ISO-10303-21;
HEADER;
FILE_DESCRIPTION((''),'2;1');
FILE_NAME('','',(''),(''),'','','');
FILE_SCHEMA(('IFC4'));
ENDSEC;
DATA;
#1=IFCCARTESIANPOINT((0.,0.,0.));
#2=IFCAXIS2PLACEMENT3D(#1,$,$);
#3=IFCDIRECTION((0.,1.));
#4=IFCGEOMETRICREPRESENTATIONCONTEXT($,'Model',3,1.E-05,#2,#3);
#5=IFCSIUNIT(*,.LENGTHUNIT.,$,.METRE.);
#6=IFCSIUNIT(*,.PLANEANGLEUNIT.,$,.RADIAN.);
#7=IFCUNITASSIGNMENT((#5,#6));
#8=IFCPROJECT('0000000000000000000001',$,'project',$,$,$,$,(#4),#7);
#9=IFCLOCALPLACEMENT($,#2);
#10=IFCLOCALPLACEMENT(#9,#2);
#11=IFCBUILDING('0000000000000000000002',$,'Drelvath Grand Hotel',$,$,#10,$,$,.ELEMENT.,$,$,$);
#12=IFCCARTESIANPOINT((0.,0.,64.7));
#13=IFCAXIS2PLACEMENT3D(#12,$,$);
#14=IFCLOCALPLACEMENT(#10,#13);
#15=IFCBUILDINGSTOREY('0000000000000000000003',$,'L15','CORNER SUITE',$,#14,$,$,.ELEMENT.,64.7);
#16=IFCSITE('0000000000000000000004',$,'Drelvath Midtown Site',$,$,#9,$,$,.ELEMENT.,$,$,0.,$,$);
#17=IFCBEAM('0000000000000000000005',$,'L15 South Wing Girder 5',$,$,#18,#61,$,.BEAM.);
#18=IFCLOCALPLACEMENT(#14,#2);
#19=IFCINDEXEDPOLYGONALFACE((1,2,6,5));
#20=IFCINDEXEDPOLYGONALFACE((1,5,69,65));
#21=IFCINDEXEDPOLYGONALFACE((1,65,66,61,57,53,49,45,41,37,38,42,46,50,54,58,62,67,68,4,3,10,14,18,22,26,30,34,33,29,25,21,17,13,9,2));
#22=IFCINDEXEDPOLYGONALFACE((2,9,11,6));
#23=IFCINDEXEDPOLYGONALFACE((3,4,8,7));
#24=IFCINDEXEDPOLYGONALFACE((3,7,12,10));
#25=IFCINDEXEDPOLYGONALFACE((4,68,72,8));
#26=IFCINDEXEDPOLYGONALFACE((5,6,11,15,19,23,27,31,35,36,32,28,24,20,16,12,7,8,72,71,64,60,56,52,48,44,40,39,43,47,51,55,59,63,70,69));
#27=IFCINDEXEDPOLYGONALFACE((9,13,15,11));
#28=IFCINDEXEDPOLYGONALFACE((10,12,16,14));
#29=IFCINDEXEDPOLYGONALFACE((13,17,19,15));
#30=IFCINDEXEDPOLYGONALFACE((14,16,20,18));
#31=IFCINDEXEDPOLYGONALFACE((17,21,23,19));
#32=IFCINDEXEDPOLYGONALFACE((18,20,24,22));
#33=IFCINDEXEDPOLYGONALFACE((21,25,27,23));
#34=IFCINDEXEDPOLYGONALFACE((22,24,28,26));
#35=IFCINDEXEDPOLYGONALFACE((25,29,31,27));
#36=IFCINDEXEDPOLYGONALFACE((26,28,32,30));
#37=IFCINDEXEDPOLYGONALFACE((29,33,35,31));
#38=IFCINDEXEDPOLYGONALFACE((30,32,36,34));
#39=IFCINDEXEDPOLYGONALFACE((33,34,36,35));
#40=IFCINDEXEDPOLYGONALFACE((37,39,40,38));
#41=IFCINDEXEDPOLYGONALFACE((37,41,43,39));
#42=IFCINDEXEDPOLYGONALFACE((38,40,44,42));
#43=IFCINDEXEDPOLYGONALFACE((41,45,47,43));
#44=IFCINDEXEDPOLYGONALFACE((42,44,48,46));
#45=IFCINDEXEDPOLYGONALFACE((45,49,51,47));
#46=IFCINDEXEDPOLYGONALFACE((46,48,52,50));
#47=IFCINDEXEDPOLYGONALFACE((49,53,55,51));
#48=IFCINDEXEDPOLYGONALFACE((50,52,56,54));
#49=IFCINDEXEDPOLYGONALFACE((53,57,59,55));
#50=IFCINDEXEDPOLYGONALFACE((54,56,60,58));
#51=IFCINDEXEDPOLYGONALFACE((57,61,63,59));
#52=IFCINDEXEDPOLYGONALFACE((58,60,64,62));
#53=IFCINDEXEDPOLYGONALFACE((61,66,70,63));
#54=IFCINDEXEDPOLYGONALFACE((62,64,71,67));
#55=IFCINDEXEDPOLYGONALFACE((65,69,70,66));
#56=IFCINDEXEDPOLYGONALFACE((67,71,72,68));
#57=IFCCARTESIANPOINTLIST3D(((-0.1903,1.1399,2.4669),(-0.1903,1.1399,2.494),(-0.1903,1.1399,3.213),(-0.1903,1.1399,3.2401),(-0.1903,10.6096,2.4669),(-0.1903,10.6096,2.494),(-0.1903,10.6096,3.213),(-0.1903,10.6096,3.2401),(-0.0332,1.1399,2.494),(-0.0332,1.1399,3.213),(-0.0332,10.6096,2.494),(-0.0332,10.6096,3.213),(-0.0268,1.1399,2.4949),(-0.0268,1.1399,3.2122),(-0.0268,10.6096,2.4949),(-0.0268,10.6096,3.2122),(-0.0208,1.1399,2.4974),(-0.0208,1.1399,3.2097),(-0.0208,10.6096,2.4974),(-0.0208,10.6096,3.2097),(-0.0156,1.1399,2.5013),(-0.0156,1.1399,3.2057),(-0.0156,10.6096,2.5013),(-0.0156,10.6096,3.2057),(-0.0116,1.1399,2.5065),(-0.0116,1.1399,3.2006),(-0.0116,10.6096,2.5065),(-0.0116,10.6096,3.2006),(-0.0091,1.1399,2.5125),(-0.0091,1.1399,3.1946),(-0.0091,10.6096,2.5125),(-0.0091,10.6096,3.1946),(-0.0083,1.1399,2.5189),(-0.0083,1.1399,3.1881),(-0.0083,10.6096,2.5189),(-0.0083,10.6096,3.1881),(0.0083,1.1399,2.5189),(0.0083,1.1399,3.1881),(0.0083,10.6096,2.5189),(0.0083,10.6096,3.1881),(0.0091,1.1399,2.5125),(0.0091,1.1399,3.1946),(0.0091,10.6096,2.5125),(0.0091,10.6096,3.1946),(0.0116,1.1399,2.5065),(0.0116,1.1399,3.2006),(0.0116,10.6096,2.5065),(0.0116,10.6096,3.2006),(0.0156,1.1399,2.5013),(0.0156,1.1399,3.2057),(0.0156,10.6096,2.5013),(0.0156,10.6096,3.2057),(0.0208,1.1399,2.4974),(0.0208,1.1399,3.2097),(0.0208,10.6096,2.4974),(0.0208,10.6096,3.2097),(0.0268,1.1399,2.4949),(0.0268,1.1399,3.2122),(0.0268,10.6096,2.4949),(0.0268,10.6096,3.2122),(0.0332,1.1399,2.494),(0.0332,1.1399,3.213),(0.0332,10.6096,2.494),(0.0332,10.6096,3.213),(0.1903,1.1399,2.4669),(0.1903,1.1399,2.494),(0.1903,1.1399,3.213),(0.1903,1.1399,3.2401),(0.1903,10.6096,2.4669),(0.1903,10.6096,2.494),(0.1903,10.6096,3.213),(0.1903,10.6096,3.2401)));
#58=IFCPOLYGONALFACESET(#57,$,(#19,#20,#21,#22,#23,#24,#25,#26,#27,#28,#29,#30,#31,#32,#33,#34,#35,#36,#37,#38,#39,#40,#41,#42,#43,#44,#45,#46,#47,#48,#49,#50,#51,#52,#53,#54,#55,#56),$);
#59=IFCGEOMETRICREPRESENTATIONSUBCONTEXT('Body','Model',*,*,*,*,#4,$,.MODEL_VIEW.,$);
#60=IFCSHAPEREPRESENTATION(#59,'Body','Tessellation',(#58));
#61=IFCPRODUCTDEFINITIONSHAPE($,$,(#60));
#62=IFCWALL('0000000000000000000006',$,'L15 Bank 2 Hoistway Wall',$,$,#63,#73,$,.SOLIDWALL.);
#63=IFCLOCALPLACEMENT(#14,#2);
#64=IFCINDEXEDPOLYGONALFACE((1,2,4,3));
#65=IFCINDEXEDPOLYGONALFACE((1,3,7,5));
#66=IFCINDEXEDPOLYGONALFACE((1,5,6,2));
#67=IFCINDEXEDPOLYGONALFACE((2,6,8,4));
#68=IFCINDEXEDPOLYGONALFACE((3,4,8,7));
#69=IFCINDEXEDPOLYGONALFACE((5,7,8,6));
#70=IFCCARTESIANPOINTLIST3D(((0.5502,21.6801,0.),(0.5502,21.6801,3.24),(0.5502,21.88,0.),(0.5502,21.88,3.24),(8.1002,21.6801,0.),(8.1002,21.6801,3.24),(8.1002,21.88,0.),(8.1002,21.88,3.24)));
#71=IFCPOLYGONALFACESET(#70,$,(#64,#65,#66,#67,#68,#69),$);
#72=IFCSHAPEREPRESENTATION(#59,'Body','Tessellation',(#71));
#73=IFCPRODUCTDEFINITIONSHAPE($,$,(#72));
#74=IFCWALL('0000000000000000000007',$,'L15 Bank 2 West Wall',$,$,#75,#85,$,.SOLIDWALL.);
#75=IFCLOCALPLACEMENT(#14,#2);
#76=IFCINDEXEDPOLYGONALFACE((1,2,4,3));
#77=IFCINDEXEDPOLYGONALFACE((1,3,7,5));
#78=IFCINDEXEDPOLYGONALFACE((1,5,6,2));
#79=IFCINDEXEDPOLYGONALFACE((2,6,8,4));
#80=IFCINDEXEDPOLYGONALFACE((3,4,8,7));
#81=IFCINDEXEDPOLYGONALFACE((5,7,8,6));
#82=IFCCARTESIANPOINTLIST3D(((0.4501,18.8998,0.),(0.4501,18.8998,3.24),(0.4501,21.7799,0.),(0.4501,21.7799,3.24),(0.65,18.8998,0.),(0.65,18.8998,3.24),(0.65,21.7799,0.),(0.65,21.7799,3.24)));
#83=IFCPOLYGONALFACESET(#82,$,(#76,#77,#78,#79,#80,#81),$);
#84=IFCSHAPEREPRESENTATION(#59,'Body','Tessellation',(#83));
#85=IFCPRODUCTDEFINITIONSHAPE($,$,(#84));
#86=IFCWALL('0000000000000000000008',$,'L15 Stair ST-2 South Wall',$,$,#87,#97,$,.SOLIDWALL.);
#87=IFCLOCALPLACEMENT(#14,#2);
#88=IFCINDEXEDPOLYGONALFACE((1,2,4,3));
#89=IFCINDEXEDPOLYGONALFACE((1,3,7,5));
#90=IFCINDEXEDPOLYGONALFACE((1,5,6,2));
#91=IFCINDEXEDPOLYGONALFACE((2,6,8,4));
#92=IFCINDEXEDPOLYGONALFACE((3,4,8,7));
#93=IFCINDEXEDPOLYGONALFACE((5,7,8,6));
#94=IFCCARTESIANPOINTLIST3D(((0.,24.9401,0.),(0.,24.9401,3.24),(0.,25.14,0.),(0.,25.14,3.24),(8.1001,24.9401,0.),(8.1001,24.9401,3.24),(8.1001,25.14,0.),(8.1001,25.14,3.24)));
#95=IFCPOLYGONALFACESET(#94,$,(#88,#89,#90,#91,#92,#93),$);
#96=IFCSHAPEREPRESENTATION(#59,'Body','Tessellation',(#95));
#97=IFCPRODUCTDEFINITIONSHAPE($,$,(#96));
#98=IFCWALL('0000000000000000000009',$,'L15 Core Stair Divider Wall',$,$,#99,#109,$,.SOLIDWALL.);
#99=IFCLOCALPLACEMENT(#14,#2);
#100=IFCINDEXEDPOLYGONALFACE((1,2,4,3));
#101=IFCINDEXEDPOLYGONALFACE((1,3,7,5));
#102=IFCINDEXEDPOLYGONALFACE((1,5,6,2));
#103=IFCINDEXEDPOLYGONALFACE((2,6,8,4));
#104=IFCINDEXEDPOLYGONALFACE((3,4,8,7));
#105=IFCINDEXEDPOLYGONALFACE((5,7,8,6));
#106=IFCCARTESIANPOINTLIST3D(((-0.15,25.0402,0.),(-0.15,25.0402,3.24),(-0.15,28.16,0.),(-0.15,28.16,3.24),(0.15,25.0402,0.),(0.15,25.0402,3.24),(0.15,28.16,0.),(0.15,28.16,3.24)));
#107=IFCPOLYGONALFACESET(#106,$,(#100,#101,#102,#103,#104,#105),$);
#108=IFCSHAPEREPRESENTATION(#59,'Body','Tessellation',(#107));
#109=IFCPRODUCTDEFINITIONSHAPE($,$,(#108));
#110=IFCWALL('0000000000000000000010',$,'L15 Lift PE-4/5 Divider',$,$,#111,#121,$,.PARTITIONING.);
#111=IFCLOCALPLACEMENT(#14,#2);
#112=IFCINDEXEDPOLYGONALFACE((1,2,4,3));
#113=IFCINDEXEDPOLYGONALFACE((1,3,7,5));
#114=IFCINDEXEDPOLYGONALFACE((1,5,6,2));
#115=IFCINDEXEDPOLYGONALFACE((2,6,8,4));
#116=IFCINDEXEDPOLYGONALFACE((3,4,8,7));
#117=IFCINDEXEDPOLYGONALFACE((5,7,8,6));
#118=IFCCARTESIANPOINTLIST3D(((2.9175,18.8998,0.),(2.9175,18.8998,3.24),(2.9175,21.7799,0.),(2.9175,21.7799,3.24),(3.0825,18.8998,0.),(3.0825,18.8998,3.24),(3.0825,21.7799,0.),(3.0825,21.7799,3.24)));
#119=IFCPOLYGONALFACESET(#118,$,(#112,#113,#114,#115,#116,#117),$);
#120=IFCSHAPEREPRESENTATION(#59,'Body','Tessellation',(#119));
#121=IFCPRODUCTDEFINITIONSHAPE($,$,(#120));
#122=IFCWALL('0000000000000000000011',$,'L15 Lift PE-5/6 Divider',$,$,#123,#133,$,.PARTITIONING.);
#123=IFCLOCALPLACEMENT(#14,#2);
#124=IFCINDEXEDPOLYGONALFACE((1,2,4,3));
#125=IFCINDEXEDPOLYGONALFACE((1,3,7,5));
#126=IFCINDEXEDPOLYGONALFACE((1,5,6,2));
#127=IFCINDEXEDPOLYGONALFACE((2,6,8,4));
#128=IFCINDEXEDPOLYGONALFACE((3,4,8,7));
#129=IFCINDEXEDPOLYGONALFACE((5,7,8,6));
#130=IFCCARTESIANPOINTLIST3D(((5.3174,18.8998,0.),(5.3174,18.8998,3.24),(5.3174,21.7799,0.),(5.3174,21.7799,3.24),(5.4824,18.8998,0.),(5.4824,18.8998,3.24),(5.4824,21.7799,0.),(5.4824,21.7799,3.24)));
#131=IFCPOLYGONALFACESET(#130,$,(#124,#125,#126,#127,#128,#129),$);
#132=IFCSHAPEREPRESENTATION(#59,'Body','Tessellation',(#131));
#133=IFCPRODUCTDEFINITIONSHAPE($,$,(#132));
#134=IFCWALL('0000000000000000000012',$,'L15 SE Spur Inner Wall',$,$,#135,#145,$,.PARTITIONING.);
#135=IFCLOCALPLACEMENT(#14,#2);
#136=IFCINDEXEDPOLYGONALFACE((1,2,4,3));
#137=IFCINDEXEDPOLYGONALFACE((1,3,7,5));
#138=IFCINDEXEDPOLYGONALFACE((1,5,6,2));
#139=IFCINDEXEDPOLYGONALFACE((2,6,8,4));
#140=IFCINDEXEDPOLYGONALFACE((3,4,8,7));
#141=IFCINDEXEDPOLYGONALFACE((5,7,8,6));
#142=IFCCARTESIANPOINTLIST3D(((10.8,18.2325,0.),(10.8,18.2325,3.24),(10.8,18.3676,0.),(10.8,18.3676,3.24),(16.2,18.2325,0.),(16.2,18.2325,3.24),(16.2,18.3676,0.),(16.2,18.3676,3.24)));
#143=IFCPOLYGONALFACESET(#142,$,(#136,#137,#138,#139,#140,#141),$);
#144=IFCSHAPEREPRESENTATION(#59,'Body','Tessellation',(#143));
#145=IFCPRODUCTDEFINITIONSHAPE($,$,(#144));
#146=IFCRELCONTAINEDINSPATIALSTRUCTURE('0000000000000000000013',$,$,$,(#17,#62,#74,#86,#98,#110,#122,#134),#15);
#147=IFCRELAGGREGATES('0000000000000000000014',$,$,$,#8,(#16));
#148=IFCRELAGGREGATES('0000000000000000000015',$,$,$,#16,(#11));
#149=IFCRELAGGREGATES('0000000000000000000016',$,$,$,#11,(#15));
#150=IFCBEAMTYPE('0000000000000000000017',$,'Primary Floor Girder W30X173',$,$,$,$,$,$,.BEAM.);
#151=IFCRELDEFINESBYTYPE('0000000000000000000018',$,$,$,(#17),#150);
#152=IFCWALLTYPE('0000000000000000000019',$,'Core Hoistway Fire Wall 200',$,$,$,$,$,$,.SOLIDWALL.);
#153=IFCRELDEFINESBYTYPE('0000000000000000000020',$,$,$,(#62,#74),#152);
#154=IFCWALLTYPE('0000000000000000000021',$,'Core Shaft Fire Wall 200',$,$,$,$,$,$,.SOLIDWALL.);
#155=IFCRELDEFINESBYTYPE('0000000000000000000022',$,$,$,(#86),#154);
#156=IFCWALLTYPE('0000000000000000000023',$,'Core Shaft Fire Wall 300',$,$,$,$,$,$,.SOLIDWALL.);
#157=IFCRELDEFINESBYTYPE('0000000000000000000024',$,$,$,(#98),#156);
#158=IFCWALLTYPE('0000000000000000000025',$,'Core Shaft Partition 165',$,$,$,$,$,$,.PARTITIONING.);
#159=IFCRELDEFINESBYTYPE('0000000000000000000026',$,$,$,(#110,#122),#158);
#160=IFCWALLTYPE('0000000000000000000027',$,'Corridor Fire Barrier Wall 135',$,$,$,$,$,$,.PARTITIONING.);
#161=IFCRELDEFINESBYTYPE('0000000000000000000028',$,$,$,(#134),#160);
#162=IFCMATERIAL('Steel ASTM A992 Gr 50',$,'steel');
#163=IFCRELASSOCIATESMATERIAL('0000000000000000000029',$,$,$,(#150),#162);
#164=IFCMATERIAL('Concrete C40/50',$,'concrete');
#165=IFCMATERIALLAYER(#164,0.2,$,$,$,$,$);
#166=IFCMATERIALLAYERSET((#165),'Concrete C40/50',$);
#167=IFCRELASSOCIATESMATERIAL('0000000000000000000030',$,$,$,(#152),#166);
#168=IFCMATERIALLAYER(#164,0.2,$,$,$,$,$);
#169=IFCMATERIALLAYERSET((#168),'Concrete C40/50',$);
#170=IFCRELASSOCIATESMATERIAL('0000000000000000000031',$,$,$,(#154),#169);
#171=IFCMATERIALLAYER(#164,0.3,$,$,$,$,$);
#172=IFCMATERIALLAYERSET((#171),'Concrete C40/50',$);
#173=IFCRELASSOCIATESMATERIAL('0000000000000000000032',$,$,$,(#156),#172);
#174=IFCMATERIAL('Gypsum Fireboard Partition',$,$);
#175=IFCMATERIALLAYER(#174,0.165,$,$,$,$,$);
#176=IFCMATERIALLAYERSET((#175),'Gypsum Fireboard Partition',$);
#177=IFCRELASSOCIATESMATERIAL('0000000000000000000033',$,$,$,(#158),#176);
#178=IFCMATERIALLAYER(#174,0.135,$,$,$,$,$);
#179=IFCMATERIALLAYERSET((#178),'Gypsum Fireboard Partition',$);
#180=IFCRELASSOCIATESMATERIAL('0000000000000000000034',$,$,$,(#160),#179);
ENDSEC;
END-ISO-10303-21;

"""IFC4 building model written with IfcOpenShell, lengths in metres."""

from ifc_helpers import new_model, si_unit, direction, frame, frame_2d, origin, origin_2d, place, context, subcontext, project, spatial, rectangle, i_section, extrude, material, layer, layer_set, material_profile, profile_set, type_object, element, save


model = new_model("IFC4")

# Units and contexts
model_context = context("Model", 3, precision=1e-05, world=origin(), true_north=direction((0.0, 1.0)))
body_context = subcontext(model_context, "Body", "Model", "MODEL_VIEW")
ifc_project = project(units=[si_unit("LENGTHUNIT", "METRE"), si_unit("PLANEANGLEUNIT", "RADIAN")], contexts=[model_context])

# Site, building, storey
site_placement = place(None, origin())
site = spatial("IfcSite", under=ifc_project, at=site_placement, Name="Drelvath Midtown Site", CompositionType="ELEMENT", RefElevation=0.0)
building_placement = place(site_placement, origin())
building = spatial("IfcBuilding", under=site, at=building_placement, Name="Drelvath Grand Hotel", CompositionType="ELEMENT")
storey_placement = place(building_placement, frame((0.0, 0.0, 64.7)))
storey = spatial("IfcBuildingStorey", under=building, at=storey_placement, Name="L15", Description="CORNER SUITE", CompositionType="ELEMENT", Elevation=64.7)

# Beam
ifc_material_1 = material(Name="Steel ASTM A992 Gr 50", Category="steel")
ifc_material_profile_1 = material_profile(ifc_material_1, i_section(OverallWidth=0.3806, OverallDepth=0.7732, WebThickness=0.0166, FlangeThickness=0.0271, FilletRadius=0.0249, at=origin_2d()), Name="W30X173")
ifc_profile_set_1 = profile_set([ifc_material_profile_1], Name="Steel ASTM A992 Gr 50")
beam_type_1 = type_object("IfcBeamType", Name="Primary Floor Girder W30X173", PredefinedType="BEAM", material=ifc_profile_set_1)
beam_1_placement = place(storey_placement, frame((0.0, 1.1399, 2.8535), z_axis=(0.0, 1.0, 0.0), x_axis=(-1.0, 0.0, 0.0)))
element("IfcBeam", 1, at=beam_1_placement, inside=storey, type_object=beam_type_1, Name="L15 South Wing Girder 5", PredefinedType="BEAM", context=body_context, shape_type="SweptSolid", body=[
    extrude(i_section(OverallWidth=0.3806, OverallDepth=0.7732, WebThickness=0.0166, FlangeThickness=0.0271, FilletRadius=0.0249, at=origin_2d()), origin(), (0.0, 0.0, 1.0), 9.4697),
])

# Walls
ifc_material_2 = material(Name="Concrete C40/50", Category="concrete")
ifc_layer_1 = layer(ifc_material_2, 0.2)
ifc_layer_set_1 = layer_set([ifc_layer_1], Name="Concrete C40/50")
wall_type_1 = type_object("IfcWallType", Name="Core Hoistway Fire Wall 200", PredefinedType="SOLIDWALL", material=ifc_layer_set_1)
wall_1_placement = place(storey_placement, frame((8.1001, 21.78, 0.0), z_axis=(0.0, 0.0, 1.0), x_axis=(-1.0, 0.0, 0.0)))
element("IfcWall", 2, at=wall_1_placement, inside=storey, type_object=wall_type_1, Name="L15 Bank 2 Hoistway Wall", PredefinedType="SOLIDWALL", context=body_context, shape_type="SweptSolid", body=[
    extrude(rectangle(XDim=7.55, YDim=0.2, at=frame_2d((3.7749, 0.0))), origin(), (0.0, 0.0, 1.0), 3.24),
])
wall_2_placement = place(storey_placement, frame((0.55, 18.8999, 0.0), z_axis=(0.0, 0.0, 1.0), x_axis=(0.0, 1.0, 0.0)))
element("IfcWall", 3, at=wall_2_placement, inside=storey, type_object=wall_type_1, Name="L15 Bank 2 West Wall", PredefinedType="SOLIDWALL", context=body_context, shape_type="SweptSolid", body=[
    extrude(rectangle(XDim=2.8801, YDim=0.2, at=frame_2d((1.4399, 0.0))), origin(), (0.0, 0.0, 1.0), 3.24),
])
ifc_layer_2 = layer(ifc_material_2, 0.2)
ifc_layer_set_2 = layer_set([ifc_layer_2], Name="Concrete C40/50")
wall_type_2 = type_object("IfcWallType", Name="Core Shaft Fire Wall 200", PredefinedType="SOLIDWALL", material=ifc_layer_set_2)
wall_3_placement = place(storey_placement, frame((0.0, 25.04, 0.0), z_axis=(0.0, 0.0, 1.0), x_axis=(1.0, 0.0, 0.0)))
element("IfcWall", 4, at=wall_3_placement, inside=storey, type_object=wall_type_2, Name="L15 Stair ST-2 South Wall", PredefinedType="SOLIDWALL", context=body_context, shape_type="SweptSolid", body=[
    extrude(rectangle(XDim=8.1001, YDim=0.2, at=frame_2d((4.05, 0.0))), origin(), (0.0, 0.0, 1.0), 3.24),
])
ifc_layer_3 = layer(ifc_material_2, 0.3)
ifc_layer_set_3 = layer_set([ifc_layer_3], Name="Concrete C40/50")
wall_type_3 = type_object("IfcWallType", Name="Core Shaft Fire Wall 300", PredefinedType="SOLIDWALL", material=ifc_layer_set_3)
wall_4_placement = place(storey_placement, frame((0.0, 25.04, 0.0), z_axis=(0.0, 0.0, 1.0), x_axis=(0.0, 1.0, 0.0)))
element("IfcWall", 5, at=wall_4_placement, inside=storey, type_object=wall_type_3, Name="L15 Core Stair Divider Wall", PredefinedType="SOLIDWALL", context=body_context, shape_type="SweptSolid", body=[
    extrude(rectangle(XDim=3.1199, YDim=0.3, at=frame_2d((1.5601, 0.0))), origin(), (0.0, 0.0, 1.0), 3.24),
])
ifc_material_3 = material(Name="Gypsum Fireboard Partition")
ifc_layer_4 = layer(ifc_material_3, 0.165)
ifc_layer_set_4 = layer_set([ifc_layer_4], Name="Gypsum Fireboard Partition")
wall_type_4 = type_object("IfcWallType", Name="Core Shaft Partition 165", PredefinedType="PARTITIONING", material=ifc_layer_set_4)
for number, where, z_axis, x_axis, name in (
    (6, (3.0, 18.8999, 0.0), (0.0, 0.0, 1.0), (0.0, 1.0, 0.0), "L15 Lift PE-4/5 Divider"),
    (7, (5.3999, 18.8999, 0.0), (0.0, 0.0, 1.0), (0.0, 1.0, 0.0), "L15 Lift PE-5/6 Divider"),
):
    element("IfcWall", number, at=place(storey_placement, frame(where, z_axis=z_axis, x_axis=x_axis)), inside=storey, type_object=wall_type_4, Name=name, PredefinedType="PARTITIONING", context=body_context, shape_type="SweptSolid", body=[
        extrude(rectangle(XDim=2.8801, YDim=0.165, at=frame_2d((1.4399, 0.0))), origin(), (0.0, 0.0, 1.0), 3.24),
    ])
ifc_layer_5 = layer(ifc_material_3, 0.135)
ifc_layer_set_5 = layer_set([ifc_layer_5], Name="Gypsum Fireboard Partition")
wall_type_5 = type_object("IfcWallType", Name="Corridor Fire Barrier Wall 135", PredefinedType="PARTITIONING", material=ifc_layer_set_5)
wall_5_placement = place(storey_placement, frame((10.8, 18.3, 0.0), z_axis=(0.0, 0.0, 1.0), x_axis=(1.0, 0.0, 0.0)))
element("IfcWall", 8, at=wall_5_placement, inside=storey, type_object=wall_type_5, Name="L15 SE Spur Inner Wall", PredefinedType="PARTITIONING", context=body_context, shape_type="SweptSolid", body=[
    extrude(rectangle(XDim=5.3999, YDim=0.135, at=frame_2d((2.7, 0.0))), origin(), (0.0, 0.0, 1.0), 3.24),
])

save(model, "model.ifc")
